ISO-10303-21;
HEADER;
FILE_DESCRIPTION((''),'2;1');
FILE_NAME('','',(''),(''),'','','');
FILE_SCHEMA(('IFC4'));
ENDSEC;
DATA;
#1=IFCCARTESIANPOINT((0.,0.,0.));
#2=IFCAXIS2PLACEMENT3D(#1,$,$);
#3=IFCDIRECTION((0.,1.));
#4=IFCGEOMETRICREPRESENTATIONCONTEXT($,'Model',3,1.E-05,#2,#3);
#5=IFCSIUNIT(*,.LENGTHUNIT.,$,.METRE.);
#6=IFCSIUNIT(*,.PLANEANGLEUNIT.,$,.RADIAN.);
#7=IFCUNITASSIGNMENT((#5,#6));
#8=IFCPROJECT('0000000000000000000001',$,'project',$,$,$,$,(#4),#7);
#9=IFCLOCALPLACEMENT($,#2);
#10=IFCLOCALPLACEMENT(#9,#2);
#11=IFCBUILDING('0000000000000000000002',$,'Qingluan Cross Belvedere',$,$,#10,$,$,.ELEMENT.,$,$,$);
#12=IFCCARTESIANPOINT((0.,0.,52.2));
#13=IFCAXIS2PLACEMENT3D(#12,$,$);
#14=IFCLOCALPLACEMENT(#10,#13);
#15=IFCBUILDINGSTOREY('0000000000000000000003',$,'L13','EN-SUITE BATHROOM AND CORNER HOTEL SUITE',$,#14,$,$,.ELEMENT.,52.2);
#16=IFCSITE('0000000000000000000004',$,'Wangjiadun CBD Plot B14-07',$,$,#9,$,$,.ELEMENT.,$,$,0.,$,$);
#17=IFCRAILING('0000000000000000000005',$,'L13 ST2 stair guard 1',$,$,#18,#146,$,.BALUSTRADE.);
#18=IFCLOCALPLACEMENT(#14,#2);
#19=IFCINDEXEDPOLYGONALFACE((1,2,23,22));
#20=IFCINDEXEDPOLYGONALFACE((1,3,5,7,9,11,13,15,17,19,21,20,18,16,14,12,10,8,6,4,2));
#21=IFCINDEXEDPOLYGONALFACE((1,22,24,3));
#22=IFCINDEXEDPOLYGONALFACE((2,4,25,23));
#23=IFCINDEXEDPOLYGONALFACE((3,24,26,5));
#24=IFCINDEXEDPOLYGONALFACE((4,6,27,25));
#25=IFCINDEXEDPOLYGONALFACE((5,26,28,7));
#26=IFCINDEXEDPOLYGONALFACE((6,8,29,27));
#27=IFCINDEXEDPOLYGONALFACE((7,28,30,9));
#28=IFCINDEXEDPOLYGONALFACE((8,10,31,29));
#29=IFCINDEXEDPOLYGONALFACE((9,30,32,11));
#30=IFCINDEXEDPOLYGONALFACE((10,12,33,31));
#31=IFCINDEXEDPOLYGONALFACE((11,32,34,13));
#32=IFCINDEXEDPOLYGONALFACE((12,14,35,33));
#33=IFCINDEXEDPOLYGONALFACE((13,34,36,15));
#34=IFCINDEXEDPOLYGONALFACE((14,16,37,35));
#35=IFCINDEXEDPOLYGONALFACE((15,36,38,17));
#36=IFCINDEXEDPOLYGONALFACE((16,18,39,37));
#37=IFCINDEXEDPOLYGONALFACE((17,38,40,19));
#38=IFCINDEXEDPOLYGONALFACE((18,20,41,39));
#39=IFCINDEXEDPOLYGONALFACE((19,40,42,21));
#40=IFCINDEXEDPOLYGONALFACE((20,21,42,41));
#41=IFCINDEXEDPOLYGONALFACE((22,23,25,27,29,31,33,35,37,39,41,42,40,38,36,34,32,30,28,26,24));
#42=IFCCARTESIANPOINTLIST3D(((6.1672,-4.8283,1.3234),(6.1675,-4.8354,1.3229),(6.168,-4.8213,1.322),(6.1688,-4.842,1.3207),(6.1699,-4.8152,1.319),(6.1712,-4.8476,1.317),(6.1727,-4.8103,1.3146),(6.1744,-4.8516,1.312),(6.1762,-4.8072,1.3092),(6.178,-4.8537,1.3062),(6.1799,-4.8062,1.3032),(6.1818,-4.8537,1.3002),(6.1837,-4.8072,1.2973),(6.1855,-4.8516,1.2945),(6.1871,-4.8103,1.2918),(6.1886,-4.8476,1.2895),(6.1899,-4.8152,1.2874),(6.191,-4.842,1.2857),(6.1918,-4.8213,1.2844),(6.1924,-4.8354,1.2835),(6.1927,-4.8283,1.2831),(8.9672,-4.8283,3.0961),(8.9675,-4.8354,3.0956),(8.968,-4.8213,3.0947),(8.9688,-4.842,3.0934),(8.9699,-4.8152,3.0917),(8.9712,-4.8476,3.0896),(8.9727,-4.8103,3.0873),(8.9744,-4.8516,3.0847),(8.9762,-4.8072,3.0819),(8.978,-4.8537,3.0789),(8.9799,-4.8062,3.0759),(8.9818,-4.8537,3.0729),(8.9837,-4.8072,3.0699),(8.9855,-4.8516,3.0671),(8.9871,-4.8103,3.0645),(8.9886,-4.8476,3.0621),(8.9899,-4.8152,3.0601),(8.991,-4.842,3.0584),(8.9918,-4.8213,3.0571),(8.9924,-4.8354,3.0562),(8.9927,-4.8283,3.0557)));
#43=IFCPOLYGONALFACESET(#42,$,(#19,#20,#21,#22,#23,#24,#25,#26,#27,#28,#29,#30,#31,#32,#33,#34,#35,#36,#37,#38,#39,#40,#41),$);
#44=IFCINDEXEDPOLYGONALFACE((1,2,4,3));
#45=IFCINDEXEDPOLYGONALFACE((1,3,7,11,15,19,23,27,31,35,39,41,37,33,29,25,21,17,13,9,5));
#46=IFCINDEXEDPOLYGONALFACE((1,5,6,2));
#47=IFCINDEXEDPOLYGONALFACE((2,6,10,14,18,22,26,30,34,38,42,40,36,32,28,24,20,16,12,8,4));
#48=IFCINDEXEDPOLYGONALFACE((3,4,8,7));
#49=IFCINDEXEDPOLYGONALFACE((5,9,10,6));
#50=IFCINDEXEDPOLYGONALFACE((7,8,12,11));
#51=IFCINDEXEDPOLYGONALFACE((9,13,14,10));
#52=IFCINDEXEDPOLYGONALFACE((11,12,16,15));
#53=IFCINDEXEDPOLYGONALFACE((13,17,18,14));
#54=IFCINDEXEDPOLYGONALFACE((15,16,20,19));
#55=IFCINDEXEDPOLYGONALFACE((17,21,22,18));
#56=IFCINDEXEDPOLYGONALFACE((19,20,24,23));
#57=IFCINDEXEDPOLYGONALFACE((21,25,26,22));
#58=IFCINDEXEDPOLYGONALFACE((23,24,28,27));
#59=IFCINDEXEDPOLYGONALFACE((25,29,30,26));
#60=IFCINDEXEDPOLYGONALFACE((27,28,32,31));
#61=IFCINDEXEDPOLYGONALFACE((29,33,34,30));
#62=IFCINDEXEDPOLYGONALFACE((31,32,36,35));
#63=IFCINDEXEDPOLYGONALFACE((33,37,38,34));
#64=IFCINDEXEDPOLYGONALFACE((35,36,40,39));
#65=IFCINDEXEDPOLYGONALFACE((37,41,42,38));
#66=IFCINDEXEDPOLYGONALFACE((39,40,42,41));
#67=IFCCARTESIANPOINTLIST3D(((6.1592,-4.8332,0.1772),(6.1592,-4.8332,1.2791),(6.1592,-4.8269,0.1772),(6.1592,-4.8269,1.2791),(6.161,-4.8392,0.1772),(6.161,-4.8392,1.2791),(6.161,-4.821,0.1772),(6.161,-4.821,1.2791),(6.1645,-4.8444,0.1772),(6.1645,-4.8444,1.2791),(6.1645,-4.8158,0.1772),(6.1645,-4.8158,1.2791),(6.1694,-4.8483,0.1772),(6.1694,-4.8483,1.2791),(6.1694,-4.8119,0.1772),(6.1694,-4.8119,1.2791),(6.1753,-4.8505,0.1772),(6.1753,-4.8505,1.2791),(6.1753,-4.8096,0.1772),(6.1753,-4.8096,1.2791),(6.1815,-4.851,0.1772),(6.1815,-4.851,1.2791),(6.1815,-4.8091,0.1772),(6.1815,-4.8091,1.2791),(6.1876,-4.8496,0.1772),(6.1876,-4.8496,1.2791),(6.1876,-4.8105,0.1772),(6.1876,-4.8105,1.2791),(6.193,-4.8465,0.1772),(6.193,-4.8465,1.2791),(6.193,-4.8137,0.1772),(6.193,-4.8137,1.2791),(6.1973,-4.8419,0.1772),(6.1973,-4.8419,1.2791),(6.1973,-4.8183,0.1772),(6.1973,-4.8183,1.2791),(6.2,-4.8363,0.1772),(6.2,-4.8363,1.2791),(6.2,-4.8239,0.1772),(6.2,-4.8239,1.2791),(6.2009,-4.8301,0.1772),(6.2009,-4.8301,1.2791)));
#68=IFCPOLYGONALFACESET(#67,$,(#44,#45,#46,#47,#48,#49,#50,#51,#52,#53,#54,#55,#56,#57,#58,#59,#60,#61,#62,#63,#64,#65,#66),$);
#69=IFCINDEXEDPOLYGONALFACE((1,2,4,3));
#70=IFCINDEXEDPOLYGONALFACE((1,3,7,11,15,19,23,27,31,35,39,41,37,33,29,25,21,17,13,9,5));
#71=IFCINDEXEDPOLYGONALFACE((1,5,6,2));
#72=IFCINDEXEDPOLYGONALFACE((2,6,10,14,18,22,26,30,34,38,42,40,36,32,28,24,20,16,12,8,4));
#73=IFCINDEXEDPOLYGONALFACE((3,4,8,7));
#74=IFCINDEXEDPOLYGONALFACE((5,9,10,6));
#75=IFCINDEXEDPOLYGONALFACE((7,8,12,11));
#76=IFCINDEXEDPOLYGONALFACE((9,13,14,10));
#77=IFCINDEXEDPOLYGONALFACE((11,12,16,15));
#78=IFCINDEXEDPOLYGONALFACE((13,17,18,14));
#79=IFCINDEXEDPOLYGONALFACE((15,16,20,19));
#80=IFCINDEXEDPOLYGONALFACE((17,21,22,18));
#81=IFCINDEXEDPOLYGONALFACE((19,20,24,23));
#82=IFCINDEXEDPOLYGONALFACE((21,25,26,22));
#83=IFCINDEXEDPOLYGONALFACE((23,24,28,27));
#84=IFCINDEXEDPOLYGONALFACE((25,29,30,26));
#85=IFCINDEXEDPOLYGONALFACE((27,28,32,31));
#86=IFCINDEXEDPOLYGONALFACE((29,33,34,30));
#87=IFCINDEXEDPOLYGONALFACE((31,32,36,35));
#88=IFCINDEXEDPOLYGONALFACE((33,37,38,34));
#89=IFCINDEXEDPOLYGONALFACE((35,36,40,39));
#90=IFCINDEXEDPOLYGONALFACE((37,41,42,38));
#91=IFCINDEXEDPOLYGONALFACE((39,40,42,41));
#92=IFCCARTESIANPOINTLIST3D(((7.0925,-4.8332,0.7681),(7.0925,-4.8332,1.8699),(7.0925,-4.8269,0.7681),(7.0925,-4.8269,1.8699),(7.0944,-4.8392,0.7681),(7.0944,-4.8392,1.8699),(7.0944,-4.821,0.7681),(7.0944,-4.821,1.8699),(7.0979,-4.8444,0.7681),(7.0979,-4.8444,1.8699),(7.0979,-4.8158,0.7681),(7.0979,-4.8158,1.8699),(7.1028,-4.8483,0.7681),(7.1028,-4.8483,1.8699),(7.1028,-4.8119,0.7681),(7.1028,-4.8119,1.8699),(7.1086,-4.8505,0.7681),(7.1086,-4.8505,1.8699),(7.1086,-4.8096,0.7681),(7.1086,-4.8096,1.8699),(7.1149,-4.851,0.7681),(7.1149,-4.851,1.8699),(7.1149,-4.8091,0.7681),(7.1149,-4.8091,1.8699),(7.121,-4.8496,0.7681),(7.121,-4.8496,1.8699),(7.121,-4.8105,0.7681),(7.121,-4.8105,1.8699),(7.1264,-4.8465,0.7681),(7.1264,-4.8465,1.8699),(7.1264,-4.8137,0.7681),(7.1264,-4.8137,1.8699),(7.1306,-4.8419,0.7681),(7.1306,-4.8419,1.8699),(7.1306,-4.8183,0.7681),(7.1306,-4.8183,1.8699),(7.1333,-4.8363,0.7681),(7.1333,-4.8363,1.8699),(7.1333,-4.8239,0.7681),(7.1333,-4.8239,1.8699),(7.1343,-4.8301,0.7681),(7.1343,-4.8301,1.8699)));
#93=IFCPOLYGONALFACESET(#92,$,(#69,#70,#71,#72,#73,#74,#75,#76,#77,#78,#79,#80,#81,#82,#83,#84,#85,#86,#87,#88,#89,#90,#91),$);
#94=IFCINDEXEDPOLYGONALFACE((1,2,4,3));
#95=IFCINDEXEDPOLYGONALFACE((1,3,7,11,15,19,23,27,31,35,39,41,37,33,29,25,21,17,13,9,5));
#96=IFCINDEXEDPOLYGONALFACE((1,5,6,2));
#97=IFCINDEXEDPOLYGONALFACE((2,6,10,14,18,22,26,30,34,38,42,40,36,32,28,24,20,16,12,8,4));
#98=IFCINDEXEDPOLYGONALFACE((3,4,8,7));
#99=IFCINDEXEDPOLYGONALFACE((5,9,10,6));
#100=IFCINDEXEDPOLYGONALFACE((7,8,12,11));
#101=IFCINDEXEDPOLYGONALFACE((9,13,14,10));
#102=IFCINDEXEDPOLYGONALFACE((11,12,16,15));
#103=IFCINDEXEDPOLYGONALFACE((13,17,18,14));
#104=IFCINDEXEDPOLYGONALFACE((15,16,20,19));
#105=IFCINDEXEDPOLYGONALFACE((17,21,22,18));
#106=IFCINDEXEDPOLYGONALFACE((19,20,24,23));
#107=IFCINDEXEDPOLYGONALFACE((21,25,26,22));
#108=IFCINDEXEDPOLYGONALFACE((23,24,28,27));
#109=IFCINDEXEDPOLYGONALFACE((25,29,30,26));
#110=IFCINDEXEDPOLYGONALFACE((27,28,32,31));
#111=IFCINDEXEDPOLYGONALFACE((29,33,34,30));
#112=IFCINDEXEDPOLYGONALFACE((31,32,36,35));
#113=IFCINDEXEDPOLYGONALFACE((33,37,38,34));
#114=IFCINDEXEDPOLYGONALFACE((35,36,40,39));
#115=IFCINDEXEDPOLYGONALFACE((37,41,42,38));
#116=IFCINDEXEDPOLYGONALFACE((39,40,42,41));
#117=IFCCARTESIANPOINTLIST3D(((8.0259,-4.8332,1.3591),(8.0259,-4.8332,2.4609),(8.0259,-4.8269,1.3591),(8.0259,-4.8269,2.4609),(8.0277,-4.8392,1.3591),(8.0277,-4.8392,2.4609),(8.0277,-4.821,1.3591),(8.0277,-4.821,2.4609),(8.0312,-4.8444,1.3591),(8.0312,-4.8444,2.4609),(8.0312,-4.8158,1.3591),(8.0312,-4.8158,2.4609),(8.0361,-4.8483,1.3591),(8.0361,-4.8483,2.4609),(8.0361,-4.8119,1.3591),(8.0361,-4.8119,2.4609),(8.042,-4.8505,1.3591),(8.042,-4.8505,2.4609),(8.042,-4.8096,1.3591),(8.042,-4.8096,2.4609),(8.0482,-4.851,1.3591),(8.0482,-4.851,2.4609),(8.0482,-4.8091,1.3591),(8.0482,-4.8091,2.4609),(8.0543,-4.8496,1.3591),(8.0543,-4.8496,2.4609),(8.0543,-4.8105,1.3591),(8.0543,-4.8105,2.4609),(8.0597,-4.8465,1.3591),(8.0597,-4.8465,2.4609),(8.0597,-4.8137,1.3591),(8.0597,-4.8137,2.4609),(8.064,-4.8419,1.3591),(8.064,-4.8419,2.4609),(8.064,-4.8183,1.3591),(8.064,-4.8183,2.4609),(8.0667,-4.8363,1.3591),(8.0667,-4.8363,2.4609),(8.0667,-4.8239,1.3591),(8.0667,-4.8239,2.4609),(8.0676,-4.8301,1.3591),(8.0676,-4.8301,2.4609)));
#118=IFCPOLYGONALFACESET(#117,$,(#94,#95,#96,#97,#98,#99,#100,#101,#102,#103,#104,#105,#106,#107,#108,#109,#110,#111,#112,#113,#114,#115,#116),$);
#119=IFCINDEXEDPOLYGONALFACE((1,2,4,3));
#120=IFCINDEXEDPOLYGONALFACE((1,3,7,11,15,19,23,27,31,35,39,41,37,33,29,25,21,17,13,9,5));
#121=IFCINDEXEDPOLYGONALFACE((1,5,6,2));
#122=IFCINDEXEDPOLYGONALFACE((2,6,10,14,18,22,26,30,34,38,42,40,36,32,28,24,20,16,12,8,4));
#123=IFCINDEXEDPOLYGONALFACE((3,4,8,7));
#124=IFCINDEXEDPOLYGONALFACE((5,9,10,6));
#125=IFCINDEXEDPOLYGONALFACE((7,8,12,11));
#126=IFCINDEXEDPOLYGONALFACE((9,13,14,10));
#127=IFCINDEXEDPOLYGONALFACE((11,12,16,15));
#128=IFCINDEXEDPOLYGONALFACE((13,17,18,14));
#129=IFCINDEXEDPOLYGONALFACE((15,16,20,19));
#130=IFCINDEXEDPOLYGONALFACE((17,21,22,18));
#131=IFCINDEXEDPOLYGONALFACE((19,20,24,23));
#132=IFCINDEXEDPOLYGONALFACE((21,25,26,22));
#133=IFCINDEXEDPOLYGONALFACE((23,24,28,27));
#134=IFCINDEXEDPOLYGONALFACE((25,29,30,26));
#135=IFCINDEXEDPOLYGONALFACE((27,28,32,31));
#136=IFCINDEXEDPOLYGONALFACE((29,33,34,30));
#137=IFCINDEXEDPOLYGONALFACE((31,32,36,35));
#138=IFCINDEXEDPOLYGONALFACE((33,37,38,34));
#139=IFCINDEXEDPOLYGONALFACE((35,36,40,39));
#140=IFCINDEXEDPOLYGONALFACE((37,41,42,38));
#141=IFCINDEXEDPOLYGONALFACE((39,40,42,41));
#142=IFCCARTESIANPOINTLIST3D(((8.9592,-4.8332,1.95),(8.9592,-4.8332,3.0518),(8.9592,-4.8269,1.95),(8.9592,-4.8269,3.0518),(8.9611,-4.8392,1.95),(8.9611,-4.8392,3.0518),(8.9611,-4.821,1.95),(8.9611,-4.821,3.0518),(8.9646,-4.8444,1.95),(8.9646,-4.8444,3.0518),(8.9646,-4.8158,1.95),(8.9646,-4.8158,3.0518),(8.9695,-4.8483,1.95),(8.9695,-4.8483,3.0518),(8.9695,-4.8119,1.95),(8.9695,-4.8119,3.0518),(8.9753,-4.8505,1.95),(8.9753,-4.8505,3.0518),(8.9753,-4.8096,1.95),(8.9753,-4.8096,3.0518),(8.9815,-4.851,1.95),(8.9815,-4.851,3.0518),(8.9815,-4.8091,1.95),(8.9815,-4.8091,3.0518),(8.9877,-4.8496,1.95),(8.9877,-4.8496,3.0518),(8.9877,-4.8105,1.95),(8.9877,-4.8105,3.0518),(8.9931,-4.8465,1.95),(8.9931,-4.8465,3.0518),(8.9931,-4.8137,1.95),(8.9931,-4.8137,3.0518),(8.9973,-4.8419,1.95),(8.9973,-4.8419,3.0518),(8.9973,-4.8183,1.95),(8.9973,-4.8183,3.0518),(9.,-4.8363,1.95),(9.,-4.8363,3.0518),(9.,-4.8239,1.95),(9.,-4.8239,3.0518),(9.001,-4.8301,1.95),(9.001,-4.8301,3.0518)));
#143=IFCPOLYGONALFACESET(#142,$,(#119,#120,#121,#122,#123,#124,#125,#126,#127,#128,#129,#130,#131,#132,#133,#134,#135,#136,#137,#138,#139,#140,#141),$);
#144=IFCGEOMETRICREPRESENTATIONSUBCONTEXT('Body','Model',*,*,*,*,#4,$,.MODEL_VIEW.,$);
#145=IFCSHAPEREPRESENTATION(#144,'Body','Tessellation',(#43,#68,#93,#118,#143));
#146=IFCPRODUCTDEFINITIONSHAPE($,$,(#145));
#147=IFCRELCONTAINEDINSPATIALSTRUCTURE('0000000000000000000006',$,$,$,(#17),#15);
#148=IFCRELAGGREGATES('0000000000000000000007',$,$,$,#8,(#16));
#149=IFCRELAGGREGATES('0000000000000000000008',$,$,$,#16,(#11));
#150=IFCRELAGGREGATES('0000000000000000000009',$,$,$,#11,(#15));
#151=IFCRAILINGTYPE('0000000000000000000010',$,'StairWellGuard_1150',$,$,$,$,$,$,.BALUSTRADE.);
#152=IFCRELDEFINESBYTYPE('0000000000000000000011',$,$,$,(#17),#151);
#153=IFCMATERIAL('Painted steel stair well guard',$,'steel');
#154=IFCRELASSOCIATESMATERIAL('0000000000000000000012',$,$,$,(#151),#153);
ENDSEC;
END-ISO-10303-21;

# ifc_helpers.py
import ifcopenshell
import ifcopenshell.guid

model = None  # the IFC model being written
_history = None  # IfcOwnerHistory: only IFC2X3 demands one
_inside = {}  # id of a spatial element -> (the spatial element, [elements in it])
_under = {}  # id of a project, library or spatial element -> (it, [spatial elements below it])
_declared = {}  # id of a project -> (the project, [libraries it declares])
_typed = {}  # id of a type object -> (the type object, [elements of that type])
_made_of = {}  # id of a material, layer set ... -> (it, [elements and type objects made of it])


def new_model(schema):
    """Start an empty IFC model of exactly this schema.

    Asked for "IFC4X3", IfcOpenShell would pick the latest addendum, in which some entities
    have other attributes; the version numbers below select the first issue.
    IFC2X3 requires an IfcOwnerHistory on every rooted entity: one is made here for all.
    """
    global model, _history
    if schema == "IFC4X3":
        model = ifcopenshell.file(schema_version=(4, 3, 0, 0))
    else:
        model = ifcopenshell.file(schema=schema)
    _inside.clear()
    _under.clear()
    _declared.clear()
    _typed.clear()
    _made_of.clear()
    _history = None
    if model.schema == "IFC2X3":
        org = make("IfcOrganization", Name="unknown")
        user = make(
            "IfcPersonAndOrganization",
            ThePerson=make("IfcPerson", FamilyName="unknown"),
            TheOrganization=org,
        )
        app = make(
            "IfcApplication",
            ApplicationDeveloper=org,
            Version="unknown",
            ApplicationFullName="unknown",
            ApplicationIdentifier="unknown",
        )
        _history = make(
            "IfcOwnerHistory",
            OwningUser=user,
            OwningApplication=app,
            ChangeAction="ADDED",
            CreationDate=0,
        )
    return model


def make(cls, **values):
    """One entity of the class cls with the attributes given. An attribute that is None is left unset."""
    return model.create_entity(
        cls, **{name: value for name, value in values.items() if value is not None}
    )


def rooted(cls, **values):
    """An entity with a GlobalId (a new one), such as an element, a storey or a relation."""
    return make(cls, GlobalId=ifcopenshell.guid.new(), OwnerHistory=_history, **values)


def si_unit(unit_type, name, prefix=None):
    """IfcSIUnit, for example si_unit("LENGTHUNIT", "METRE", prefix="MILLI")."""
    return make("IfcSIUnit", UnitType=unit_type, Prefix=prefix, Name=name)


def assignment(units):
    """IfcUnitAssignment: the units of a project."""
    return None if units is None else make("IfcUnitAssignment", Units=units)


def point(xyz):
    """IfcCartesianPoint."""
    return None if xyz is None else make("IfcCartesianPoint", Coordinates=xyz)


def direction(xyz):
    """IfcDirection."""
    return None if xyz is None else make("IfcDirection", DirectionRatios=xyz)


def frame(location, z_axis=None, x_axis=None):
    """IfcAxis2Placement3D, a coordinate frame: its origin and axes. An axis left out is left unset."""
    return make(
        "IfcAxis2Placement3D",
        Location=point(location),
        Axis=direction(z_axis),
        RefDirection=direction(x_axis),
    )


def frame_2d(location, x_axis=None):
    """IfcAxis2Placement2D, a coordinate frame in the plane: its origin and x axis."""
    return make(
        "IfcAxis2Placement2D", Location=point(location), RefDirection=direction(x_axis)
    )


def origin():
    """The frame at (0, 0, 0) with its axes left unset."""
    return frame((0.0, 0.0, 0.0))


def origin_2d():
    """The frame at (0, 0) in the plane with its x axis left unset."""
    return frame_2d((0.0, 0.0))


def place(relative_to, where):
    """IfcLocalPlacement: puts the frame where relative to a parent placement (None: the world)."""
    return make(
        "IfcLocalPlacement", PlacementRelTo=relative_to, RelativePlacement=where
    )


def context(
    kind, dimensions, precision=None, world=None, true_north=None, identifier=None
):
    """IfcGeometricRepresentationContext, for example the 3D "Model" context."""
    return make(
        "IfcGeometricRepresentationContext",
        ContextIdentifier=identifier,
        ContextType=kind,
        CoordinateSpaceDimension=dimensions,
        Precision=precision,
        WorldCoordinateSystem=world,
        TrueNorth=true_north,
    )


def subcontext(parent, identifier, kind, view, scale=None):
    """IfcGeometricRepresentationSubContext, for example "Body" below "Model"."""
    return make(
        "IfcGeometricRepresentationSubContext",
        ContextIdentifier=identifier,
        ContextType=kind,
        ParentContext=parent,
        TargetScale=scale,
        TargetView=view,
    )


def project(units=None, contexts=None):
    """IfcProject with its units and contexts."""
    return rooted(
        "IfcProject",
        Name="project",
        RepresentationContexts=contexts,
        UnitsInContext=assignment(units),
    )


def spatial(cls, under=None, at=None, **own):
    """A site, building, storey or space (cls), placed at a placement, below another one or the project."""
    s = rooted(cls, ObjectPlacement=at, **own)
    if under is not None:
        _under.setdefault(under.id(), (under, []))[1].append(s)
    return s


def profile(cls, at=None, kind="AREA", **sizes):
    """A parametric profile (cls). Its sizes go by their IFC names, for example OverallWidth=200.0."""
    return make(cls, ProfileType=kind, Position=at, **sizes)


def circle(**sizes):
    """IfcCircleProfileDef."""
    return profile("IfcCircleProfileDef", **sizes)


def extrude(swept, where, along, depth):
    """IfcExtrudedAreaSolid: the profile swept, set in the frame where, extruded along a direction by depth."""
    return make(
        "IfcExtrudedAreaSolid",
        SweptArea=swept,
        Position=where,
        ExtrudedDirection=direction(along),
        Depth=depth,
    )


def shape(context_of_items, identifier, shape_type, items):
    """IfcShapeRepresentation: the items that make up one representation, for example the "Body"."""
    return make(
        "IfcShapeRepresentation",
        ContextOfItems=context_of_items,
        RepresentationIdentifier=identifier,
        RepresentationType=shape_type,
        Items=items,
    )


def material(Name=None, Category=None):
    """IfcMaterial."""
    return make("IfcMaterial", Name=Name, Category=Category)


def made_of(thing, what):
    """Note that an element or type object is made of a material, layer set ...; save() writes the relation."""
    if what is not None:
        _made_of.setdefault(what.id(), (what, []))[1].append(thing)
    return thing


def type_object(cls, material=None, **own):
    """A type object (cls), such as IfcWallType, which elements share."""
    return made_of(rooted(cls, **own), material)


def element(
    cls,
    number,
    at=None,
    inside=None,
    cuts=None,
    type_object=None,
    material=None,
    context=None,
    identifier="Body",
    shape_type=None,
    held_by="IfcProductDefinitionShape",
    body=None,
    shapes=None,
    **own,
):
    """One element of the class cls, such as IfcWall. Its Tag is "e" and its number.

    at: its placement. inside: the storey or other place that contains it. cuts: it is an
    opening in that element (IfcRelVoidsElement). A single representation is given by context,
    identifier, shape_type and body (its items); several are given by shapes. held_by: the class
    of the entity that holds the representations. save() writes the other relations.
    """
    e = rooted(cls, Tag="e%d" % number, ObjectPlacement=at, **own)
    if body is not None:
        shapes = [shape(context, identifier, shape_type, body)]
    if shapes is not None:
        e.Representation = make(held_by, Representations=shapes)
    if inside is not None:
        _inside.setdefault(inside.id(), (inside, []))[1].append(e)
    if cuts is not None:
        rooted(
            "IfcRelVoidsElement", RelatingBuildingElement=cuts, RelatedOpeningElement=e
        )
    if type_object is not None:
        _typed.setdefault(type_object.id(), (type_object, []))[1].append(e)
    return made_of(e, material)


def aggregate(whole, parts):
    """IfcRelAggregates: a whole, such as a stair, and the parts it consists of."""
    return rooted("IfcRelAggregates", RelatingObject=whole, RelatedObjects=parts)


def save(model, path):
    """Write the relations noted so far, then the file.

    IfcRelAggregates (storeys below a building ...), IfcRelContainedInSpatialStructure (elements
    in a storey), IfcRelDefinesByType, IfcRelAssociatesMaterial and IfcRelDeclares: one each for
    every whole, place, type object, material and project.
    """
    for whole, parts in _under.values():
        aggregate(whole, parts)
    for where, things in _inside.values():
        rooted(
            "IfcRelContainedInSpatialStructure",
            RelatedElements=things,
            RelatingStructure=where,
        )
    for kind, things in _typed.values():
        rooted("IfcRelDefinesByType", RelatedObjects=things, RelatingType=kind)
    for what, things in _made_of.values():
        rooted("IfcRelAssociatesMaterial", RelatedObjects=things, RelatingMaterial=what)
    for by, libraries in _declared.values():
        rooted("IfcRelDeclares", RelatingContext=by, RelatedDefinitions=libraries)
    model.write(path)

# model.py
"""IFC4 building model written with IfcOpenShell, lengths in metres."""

from ifc_helpers import new_model, si_unit, direction, frame, origin, origin_2d, place, context, subcontext, project, spatial, circle, extrude, material, type_object, element, save


model = new_model("IFC4")

# Units and contexts
model_context = context("Model", 3, precision=1e-05, world=origin(), true_north=direction((0.0, 1.0)))
body_context = subcontext(model_context, "Body", "Model", "MODEL_VIEW")
ifc_project = project(units=[si_unit("LENGTHUNIT", "METRE"), si_unit("PLANEANGLEUNIT", "RADIAN")], contexts=[model_context])

# Site, building, storey
site_placement = place(None, origin())
site = spatial("IfcSite", under=ifc_project, at=site_placement, Name="Wangjiadun CBD Plot B14-07", CompositionType="ELEMENT", RefElevation=0.0)
building_placement = place(site_placement, origin())
building = spatial("IfcBuilding", under=site, at=building_placement, Name="Qingluan Cross Belvedere", CompositionType="ELEMENT")
storey_placement = place(building_placement, frame((0.0, 0.0, 52.2)))
storey = spatial("IfcBuildingStorey", under=building, at=storey_placement, Name="L13", Description="EN-SUITE BATHROOM AND CORNER HOTEL SUITE", CompositionType="ELEMENT", Elevation=52.2)

# Railing
ifc_material_1 = material(Name="Painted steel stair well guard", Category="steel")
railing_type_1 = type_object("IfcRailingType", Name="StairWellGuard_1150", PredefinedType="BALUSTRADE", material=ifc_material_1)
railing_1_placement = place(storey_placement, frame((6.1799, -4.8301, 0.1772)))
element("IfcRailing", 1, at=railing_1_placement, inside=storey, type_object=railing_type_1, Name="L13 ST2 stair guard 1", PredefinedType="BALUSTRADE", context=body_context, shape_type="SweptSolid", body=[
    extrude(circle(Radius=0.0239, at=origin_2d()), frame((0.0, 0.0, 1.126), z_axis=(0.844909, 0.0, 0.53491), x_axis=(0.0, 1.0, 0.0)), (0.0, 0.0, 1.0), 3.314),
    extrude(circle(Radius=0.021, at=origin_2d()), origin(), (0.0, 0.0, 1.0), 1.1018),
    extrude(circle(Radius=0.021, at=origin_2d()), frame((0.9333, 0.0, 0.5908)), (0.0, 0.0, 1.0), 1.1018),
    extrude(circle(Radius=0.021, at=origin_2d()), frame((1.8667, 0.0, 1.1819)), (0.0, 0.0, 1.0), 1.1018),
    extrude(circle(Radius=0.021, at=origin_2d()), frame((2.8, 0.0, 1.7727)), (0.0, 0.0, 1.0), 1.1018),
])

save(model, "model.ifc")
